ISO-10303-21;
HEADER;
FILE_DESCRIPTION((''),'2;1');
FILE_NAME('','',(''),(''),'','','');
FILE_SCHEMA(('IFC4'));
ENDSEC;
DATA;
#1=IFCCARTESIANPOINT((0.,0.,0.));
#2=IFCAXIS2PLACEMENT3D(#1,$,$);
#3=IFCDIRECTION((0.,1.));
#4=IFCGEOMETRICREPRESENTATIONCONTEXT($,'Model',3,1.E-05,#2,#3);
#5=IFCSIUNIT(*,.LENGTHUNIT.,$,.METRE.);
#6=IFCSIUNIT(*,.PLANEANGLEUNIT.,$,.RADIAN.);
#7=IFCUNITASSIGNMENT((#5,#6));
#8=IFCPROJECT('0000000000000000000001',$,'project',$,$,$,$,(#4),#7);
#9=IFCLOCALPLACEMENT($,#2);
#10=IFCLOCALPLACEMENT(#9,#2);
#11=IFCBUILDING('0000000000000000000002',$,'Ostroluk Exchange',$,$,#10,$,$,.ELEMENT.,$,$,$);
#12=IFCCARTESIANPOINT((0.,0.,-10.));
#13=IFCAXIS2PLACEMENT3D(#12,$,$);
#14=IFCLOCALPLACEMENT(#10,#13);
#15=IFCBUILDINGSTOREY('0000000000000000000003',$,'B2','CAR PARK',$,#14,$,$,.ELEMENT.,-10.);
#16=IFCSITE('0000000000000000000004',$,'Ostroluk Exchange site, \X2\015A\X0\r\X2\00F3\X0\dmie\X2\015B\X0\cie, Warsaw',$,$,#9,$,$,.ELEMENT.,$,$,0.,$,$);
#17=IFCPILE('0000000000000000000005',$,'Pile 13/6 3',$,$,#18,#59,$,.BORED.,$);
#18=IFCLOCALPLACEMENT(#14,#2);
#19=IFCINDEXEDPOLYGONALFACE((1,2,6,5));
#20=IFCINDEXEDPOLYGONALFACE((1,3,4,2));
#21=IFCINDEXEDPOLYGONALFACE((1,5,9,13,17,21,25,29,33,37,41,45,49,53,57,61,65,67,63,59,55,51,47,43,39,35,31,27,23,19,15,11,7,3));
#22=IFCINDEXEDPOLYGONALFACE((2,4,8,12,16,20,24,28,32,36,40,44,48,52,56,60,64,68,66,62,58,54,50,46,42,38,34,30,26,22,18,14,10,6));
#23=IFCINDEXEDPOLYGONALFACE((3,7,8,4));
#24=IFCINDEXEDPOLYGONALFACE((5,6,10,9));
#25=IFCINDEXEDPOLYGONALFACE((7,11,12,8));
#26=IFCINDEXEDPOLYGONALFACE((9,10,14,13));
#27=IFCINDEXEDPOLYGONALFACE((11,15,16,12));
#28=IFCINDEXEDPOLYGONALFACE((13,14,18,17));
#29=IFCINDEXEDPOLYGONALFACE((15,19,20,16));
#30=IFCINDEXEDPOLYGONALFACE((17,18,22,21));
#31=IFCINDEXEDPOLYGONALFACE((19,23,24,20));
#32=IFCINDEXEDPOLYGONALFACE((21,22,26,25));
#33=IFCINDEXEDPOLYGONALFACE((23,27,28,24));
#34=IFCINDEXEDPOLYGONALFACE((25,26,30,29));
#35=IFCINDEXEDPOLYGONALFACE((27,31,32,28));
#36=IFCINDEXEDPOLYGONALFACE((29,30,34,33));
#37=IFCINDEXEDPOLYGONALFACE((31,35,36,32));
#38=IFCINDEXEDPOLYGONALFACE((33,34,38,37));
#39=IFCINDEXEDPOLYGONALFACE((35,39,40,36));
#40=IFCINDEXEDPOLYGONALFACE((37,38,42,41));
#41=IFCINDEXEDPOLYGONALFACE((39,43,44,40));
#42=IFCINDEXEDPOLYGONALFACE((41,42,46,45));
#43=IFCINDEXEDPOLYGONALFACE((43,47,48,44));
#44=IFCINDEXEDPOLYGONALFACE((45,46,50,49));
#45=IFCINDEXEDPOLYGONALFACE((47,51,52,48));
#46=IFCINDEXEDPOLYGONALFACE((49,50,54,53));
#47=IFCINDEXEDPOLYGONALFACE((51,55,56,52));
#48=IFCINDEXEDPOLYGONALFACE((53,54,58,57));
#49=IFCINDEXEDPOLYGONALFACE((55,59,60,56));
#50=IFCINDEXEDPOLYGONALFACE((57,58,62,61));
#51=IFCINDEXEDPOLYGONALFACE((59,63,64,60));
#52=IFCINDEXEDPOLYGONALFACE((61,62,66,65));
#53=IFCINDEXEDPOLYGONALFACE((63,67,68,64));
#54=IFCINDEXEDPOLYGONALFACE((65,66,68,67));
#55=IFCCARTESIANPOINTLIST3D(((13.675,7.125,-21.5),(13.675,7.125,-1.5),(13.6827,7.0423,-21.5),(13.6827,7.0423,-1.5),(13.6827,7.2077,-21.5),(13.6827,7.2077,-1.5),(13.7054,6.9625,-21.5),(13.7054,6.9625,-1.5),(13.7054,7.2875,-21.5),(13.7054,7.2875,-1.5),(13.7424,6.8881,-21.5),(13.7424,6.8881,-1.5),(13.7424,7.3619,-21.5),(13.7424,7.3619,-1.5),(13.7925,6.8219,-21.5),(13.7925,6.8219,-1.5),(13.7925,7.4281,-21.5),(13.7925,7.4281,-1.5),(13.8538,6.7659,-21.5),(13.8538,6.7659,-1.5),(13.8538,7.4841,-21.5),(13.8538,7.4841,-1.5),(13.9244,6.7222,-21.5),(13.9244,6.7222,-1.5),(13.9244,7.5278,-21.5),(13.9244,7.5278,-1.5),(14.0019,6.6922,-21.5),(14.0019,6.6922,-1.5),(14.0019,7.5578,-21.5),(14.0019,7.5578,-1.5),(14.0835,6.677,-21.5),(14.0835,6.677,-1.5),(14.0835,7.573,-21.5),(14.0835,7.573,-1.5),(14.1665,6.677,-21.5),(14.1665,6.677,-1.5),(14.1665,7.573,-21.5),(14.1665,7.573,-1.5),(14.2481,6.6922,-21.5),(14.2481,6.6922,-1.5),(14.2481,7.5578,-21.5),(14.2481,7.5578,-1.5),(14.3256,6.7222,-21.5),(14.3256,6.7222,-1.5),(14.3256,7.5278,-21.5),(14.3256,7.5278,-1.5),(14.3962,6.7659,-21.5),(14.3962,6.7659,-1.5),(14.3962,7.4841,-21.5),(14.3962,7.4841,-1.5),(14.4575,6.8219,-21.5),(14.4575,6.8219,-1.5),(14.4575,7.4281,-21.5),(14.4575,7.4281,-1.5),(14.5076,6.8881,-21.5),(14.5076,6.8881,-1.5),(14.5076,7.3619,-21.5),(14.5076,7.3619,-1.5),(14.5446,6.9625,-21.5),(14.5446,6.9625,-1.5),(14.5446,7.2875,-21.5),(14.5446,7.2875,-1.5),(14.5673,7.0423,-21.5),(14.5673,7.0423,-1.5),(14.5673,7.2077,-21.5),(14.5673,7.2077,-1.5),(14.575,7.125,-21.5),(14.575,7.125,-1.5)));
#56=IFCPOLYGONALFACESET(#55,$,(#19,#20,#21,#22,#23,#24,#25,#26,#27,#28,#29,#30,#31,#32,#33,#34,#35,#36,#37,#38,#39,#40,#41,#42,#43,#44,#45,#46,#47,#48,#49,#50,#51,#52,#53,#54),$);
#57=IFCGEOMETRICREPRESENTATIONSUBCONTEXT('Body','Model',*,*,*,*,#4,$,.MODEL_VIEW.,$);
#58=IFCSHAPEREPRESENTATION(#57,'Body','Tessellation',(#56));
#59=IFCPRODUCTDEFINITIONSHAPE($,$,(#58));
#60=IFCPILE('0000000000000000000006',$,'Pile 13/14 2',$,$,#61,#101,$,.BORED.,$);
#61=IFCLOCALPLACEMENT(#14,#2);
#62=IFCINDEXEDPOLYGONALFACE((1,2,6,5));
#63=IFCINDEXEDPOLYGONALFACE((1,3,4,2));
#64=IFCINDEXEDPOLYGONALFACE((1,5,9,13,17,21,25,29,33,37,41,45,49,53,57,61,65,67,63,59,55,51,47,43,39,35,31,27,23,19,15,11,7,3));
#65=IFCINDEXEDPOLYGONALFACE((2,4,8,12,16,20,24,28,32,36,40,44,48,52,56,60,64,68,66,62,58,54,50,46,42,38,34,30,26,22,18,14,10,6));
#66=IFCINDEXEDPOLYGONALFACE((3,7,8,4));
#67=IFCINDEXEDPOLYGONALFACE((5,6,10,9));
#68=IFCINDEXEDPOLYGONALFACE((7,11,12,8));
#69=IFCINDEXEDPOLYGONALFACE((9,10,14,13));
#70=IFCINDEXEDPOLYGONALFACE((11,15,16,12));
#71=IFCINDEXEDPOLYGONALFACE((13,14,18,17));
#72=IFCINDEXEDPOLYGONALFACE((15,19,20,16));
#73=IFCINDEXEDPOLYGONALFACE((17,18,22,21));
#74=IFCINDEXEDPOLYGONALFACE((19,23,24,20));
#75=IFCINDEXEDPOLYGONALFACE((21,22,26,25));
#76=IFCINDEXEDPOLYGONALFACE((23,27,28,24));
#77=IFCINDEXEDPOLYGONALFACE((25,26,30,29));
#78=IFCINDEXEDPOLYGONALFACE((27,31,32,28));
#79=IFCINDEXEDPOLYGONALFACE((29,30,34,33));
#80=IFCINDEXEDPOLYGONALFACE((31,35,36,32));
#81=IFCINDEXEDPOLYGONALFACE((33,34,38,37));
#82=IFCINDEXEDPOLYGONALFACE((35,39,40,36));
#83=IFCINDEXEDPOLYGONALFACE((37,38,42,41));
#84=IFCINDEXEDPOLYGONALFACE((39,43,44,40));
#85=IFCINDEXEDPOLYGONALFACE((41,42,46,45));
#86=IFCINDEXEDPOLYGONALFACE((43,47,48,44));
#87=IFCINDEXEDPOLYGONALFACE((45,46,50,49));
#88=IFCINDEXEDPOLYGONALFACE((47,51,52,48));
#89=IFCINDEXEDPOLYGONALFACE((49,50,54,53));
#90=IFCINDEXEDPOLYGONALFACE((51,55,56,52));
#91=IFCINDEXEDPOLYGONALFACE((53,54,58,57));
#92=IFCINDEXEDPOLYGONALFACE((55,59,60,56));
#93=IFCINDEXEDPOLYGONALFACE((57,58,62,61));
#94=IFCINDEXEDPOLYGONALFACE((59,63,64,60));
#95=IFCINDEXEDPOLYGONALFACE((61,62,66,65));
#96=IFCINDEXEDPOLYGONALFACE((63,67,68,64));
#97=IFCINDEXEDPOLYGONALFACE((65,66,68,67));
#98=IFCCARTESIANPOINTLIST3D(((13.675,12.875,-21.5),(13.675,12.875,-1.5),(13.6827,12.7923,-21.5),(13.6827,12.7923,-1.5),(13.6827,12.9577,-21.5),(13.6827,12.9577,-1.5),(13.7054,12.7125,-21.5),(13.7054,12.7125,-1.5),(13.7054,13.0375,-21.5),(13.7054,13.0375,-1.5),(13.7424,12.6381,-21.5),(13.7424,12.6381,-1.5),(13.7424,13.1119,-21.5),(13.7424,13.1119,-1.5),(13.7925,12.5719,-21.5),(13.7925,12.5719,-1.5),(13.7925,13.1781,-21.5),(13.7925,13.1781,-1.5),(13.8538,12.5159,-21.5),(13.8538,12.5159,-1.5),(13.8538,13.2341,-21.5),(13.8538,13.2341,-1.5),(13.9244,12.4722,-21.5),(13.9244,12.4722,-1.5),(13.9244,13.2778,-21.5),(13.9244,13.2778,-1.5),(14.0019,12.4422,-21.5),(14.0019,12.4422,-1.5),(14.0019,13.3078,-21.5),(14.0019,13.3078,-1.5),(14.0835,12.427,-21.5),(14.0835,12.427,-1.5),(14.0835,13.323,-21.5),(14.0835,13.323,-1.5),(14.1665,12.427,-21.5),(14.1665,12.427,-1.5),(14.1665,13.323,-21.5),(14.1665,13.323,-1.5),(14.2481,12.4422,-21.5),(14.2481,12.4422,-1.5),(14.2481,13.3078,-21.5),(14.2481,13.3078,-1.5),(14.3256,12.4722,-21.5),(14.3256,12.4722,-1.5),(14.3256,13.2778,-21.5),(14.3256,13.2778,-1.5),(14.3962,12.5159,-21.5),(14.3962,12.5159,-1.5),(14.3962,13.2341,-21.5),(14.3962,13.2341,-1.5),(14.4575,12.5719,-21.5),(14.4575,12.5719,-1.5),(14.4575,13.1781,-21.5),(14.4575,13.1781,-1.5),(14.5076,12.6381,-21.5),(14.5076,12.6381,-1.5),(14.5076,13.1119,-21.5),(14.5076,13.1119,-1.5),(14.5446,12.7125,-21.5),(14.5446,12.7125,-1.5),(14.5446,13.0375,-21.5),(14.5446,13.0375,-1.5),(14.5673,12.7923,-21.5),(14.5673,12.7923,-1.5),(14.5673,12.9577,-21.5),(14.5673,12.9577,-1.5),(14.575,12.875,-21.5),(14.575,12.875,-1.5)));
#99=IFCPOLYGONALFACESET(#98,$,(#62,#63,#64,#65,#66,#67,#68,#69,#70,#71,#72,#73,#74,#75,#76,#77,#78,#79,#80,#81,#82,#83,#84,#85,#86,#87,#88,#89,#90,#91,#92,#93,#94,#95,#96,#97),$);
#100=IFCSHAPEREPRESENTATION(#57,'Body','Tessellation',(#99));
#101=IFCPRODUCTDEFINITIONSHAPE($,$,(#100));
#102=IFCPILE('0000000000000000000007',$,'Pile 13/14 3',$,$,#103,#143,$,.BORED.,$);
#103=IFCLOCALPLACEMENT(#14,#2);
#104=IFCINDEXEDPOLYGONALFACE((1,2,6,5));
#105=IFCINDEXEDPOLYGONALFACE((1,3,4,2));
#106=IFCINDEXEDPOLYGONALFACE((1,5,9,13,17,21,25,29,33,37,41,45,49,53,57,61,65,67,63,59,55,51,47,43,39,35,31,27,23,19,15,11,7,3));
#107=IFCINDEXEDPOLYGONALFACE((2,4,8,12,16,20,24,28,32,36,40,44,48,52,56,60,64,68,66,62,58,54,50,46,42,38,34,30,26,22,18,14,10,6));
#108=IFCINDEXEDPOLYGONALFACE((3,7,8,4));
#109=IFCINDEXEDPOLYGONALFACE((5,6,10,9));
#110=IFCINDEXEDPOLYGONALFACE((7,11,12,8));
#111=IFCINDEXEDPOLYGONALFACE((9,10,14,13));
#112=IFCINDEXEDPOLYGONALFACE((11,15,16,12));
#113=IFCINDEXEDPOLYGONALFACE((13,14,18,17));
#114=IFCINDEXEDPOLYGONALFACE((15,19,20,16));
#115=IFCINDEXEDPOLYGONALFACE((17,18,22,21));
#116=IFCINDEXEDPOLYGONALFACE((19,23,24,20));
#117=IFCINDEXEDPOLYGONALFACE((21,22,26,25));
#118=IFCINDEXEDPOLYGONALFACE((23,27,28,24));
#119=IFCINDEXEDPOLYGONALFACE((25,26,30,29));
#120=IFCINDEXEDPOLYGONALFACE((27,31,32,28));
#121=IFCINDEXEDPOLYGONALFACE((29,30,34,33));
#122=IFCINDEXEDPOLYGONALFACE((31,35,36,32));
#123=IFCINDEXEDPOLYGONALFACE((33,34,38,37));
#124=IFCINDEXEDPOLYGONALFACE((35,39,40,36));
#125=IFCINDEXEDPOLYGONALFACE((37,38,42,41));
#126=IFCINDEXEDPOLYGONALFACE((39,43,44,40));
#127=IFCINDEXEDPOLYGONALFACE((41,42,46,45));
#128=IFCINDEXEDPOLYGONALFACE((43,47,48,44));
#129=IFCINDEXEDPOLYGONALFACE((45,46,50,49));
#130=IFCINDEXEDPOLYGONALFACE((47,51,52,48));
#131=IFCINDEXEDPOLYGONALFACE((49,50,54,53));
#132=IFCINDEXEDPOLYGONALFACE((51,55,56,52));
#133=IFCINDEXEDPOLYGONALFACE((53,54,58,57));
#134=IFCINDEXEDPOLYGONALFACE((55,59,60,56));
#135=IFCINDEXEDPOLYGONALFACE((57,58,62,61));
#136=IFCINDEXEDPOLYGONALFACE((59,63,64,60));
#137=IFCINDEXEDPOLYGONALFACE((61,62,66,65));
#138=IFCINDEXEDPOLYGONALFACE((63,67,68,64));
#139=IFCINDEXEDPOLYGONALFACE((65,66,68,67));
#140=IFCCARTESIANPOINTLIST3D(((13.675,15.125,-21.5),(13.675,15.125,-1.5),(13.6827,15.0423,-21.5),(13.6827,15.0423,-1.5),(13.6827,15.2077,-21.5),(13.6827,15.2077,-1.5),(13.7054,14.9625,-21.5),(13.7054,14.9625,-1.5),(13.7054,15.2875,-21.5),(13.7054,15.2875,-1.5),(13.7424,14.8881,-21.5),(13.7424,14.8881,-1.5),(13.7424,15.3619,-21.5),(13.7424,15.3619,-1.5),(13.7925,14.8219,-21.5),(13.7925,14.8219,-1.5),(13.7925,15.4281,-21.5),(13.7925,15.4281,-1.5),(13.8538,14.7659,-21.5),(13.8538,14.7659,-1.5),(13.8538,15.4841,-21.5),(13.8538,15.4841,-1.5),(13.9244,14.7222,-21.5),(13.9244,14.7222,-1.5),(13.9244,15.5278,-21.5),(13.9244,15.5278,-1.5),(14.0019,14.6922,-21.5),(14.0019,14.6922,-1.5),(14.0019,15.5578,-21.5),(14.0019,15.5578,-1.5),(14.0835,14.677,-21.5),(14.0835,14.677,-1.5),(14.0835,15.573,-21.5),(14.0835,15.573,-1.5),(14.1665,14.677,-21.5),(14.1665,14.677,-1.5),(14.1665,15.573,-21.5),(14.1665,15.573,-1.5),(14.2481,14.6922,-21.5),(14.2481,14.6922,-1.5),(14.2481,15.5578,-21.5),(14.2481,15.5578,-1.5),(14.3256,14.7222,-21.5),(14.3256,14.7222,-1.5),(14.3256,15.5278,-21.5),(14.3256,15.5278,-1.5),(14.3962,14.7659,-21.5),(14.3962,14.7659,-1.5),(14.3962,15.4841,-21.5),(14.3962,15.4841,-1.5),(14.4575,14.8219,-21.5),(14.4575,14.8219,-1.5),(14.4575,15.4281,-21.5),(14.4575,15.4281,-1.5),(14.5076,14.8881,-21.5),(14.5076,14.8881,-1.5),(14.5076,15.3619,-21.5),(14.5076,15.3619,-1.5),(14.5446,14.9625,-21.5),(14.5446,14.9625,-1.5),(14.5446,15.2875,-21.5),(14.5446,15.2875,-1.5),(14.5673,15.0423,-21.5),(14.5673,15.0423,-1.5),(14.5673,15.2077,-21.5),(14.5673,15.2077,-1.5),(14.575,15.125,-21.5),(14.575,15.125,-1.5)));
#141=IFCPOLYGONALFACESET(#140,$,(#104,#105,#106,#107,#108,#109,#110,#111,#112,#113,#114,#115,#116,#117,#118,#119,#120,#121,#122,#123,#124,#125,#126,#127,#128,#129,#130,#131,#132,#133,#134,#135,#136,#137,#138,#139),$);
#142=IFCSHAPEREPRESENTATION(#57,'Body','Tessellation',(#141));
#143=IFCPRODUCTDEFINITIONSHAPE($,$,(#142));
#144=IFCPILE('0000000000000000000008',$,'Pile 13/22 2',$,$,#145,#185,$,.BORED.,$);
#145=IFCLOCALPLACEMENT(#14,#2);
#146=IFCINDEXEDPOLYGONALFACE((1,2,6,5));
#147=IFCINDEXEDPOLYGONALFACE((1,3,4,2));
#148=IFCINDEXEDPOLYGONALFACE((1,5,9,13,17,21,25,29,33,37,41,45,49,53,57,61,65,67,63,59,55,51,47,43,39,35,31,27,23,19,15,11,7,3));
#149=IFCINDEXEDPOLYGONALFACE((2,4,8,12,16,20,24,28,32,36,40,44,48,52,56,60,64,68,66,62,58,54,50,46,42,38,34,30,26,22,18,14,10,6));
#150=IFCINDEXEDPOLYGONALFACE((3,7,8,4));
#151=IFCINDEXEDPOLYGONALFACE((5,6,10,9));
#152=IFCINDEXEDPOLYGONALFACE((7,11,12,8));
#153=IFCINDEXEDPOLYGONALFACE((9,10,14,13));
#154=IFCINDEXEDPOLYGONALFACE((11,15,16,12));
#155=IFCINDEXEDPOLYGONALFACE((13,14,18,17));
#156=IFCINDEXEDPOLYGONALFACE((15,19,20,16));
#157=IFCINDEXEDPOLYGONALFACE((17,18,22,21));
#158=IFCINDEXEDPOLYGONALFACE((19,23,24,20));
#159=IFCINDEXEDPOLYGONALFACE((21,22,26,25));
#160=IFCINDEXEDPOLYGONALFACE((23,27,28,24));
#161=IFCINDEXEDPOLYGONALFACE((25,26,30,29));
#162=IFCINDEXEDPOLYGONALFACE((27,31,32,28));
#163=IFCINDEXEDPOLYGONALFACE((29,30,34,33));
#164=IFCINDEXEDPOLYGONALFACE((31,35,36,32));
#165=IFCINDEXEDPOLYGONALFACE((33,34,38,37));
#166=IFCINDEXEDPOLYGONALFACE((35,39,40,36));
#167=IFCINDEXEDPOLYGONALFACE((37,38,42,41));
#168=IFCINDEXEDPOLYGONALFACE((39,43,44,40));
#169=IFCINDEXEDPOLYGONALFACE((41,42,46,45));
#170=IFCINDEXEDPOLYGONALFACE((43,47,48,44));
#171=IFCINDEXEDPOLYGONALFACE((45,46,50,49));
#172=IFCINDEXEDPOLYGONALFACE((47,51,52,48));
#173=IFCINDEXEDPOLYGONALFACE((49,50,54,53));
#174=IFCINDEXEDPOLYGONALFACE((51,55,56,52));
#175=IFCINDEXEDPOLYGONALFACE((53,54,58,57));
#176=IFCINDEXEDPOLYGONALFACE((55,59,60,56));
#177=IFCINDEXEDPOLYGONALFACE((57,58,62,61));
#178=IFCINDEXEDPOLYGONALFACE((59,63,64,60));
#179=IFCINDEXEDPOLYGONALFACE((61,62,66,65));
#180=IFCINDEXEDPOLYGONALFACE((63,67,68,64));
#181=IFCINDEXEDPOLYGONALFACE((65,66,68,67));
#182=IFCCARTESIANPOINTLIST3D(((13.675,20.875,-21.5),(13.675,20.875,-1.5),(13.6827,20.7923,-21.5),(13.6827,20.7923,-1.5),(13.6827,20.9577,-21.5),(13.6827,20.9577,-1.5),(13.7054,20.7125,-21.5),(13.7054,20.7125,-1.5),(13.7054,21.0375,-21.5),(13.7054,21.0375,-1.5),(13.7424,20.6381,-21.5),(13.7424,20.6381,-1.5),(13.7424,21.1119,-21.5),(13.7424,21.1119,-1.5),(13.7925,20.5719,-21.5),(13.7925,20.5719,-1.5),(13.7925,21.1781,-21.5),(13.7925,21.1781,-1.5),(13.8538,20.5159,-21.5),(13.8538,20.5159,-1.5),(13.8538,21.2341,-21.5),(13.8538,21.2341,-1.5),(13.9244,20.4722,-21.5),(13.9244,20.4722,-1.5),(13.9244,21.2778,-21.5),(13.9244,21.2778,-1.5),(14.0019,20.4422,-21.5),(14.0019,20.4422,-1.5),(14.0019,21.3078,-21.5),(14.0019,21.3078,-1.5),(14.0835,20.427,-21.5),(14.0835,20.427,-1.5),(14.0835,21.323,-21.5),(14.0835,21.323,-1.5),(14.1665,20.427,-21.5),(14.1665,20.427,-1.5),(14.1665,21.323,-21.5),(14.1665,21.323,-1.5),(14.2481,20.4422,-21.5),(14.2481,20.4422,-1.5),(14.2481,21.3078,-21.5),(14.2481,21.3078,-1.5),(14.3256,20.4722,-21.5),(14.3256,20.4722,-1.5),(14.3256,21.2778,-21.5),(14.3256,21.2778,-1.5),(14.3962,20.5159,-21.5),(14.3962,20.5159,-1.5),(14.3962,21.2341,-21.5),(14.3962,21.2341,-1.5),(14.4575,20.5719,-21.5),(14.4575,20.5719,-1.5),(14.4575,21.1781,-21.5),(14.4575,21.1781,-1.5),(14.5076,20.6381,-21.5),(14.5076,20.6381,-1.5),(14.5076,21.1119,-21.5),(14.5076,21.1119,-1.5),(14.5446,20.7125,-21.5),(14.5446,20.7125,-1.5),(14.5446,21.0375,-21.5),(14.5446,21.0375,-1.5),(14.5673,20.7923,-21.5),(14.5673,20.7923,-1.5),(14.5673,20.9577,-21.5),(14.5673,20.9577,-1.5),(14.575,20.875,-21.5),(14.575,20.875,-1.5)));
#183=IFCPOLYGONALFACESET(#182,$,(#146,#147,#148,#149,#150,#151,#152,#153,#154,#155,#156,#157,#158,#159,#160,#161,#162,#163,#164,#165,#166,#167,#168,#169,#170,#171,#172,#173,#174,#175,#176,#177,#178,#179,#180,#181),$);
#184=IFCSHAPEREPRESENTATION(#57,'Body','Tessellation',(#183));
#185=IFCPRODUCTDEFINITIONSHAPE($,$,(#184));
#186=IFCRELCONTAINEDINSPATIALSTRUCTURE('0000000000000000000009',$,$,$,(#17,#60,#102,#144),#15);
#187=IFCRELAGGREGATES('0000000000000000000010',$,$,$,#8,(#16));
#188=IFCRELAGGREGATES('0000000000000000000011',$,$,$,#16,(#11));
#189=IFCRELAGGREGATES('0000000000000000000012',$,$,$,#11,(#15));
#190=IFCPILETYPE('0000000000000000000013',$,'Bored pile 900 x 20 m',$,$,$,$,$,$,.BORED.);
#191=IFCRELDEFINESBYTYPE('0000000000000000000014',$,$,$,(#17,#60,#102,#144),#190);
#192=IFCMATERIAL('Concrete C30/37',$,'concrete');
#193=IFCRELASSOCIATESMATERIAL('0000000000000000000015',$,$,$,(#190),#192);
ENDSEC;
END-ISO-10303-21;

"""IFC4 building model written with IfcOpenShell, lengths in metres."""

from ifc_helpers import new_model, si_unit, direction, frame, origin, origin_2d, place, context, subcontext, project, spatial, circle, extrude, material, type_object, element, save


model = new_model("IFC4")

# Units and contexts
model_context = context("Model", 3, precision=1e-05, world=origin(), true_north=direction((0.0, 1.0)))
body_context = subcontext(model_context, "Body", "Model", "MODEL_VIEW")
ifc_project = project(units=[si_unit("LENGTHUNIT", "METRE"), si_unit("PLANEANGLEUNIT", "RADIAN")], contexts=[model_context])

# Site, building, storey
site_placement = place(None, origin())
site = spatial("IfcSite", under=ifc_project, at=site_placement, Name="Ostroluk Exchange site, Śródmieście, Warsaw", CompositionType="ELEMENT", RefElevation=0.0)
building_placement = place(site_placement, origin())
building = spatial("IfcBuilding", under=site, at=building_placement, Name="Ostroluk Exchange", CompositionType="ELEMENT")
storey_placement = place(building_placement, frame((0.0, 0.0, -10.0)))
storey = spatial("IfcBuildingStorey", under=building, at=storey_placement, Name="B2", Description="CAR PARK", CompositionType="ELEMENT", Elevation=-10.0)

# Piles
ifc_material_1 = material(Name="Concrete C30/37", Category="concrete")
pile_type_1 = type_object("IfcPileType", Name="Bored pile 900 x 20 m", PredefinedType="BORED", material=ifc_material_1)
for number, where, z_axis, x_axis, name in (
    (1, (14.125, 7.125, -1.5), (0.0, 0.0, -1.0), (1.0, 0.0, 0.0), "Pile 13/6 3"),
    (2, (14.125, 12.875, -1.5), (0.0, 0.0, -1.0), (1.0, 0.0, 0.0), "Pile 13/14 2"),
    (3, (14.125, 15.125, -1.5), (0.0, 0.0, -1.0), (1.0, 0.0, 0.0), "Pile 13/14 3"),
    (4, (14.125, 20.875, -1.5), (0.0, 0.0, -1.0), (1.0, 0.0, 0.0), "Pile 13/22 2"),
):
    element("IfcPile", number, at=place(storey_placement, frame(where, z_axis=z_axis, x_axis=x_axis)), inside=storey, type_object=pile_type_1, Name=name, PredefinedType="BORED", context=body_context, shape_type="SweptSolid", body=[
        extrude(circle(Radius=0.45, at=origin_2d()), origin(), (0.0, 0.0, 1.0), 20.0),
    ])

save(model, "model.ifc")
